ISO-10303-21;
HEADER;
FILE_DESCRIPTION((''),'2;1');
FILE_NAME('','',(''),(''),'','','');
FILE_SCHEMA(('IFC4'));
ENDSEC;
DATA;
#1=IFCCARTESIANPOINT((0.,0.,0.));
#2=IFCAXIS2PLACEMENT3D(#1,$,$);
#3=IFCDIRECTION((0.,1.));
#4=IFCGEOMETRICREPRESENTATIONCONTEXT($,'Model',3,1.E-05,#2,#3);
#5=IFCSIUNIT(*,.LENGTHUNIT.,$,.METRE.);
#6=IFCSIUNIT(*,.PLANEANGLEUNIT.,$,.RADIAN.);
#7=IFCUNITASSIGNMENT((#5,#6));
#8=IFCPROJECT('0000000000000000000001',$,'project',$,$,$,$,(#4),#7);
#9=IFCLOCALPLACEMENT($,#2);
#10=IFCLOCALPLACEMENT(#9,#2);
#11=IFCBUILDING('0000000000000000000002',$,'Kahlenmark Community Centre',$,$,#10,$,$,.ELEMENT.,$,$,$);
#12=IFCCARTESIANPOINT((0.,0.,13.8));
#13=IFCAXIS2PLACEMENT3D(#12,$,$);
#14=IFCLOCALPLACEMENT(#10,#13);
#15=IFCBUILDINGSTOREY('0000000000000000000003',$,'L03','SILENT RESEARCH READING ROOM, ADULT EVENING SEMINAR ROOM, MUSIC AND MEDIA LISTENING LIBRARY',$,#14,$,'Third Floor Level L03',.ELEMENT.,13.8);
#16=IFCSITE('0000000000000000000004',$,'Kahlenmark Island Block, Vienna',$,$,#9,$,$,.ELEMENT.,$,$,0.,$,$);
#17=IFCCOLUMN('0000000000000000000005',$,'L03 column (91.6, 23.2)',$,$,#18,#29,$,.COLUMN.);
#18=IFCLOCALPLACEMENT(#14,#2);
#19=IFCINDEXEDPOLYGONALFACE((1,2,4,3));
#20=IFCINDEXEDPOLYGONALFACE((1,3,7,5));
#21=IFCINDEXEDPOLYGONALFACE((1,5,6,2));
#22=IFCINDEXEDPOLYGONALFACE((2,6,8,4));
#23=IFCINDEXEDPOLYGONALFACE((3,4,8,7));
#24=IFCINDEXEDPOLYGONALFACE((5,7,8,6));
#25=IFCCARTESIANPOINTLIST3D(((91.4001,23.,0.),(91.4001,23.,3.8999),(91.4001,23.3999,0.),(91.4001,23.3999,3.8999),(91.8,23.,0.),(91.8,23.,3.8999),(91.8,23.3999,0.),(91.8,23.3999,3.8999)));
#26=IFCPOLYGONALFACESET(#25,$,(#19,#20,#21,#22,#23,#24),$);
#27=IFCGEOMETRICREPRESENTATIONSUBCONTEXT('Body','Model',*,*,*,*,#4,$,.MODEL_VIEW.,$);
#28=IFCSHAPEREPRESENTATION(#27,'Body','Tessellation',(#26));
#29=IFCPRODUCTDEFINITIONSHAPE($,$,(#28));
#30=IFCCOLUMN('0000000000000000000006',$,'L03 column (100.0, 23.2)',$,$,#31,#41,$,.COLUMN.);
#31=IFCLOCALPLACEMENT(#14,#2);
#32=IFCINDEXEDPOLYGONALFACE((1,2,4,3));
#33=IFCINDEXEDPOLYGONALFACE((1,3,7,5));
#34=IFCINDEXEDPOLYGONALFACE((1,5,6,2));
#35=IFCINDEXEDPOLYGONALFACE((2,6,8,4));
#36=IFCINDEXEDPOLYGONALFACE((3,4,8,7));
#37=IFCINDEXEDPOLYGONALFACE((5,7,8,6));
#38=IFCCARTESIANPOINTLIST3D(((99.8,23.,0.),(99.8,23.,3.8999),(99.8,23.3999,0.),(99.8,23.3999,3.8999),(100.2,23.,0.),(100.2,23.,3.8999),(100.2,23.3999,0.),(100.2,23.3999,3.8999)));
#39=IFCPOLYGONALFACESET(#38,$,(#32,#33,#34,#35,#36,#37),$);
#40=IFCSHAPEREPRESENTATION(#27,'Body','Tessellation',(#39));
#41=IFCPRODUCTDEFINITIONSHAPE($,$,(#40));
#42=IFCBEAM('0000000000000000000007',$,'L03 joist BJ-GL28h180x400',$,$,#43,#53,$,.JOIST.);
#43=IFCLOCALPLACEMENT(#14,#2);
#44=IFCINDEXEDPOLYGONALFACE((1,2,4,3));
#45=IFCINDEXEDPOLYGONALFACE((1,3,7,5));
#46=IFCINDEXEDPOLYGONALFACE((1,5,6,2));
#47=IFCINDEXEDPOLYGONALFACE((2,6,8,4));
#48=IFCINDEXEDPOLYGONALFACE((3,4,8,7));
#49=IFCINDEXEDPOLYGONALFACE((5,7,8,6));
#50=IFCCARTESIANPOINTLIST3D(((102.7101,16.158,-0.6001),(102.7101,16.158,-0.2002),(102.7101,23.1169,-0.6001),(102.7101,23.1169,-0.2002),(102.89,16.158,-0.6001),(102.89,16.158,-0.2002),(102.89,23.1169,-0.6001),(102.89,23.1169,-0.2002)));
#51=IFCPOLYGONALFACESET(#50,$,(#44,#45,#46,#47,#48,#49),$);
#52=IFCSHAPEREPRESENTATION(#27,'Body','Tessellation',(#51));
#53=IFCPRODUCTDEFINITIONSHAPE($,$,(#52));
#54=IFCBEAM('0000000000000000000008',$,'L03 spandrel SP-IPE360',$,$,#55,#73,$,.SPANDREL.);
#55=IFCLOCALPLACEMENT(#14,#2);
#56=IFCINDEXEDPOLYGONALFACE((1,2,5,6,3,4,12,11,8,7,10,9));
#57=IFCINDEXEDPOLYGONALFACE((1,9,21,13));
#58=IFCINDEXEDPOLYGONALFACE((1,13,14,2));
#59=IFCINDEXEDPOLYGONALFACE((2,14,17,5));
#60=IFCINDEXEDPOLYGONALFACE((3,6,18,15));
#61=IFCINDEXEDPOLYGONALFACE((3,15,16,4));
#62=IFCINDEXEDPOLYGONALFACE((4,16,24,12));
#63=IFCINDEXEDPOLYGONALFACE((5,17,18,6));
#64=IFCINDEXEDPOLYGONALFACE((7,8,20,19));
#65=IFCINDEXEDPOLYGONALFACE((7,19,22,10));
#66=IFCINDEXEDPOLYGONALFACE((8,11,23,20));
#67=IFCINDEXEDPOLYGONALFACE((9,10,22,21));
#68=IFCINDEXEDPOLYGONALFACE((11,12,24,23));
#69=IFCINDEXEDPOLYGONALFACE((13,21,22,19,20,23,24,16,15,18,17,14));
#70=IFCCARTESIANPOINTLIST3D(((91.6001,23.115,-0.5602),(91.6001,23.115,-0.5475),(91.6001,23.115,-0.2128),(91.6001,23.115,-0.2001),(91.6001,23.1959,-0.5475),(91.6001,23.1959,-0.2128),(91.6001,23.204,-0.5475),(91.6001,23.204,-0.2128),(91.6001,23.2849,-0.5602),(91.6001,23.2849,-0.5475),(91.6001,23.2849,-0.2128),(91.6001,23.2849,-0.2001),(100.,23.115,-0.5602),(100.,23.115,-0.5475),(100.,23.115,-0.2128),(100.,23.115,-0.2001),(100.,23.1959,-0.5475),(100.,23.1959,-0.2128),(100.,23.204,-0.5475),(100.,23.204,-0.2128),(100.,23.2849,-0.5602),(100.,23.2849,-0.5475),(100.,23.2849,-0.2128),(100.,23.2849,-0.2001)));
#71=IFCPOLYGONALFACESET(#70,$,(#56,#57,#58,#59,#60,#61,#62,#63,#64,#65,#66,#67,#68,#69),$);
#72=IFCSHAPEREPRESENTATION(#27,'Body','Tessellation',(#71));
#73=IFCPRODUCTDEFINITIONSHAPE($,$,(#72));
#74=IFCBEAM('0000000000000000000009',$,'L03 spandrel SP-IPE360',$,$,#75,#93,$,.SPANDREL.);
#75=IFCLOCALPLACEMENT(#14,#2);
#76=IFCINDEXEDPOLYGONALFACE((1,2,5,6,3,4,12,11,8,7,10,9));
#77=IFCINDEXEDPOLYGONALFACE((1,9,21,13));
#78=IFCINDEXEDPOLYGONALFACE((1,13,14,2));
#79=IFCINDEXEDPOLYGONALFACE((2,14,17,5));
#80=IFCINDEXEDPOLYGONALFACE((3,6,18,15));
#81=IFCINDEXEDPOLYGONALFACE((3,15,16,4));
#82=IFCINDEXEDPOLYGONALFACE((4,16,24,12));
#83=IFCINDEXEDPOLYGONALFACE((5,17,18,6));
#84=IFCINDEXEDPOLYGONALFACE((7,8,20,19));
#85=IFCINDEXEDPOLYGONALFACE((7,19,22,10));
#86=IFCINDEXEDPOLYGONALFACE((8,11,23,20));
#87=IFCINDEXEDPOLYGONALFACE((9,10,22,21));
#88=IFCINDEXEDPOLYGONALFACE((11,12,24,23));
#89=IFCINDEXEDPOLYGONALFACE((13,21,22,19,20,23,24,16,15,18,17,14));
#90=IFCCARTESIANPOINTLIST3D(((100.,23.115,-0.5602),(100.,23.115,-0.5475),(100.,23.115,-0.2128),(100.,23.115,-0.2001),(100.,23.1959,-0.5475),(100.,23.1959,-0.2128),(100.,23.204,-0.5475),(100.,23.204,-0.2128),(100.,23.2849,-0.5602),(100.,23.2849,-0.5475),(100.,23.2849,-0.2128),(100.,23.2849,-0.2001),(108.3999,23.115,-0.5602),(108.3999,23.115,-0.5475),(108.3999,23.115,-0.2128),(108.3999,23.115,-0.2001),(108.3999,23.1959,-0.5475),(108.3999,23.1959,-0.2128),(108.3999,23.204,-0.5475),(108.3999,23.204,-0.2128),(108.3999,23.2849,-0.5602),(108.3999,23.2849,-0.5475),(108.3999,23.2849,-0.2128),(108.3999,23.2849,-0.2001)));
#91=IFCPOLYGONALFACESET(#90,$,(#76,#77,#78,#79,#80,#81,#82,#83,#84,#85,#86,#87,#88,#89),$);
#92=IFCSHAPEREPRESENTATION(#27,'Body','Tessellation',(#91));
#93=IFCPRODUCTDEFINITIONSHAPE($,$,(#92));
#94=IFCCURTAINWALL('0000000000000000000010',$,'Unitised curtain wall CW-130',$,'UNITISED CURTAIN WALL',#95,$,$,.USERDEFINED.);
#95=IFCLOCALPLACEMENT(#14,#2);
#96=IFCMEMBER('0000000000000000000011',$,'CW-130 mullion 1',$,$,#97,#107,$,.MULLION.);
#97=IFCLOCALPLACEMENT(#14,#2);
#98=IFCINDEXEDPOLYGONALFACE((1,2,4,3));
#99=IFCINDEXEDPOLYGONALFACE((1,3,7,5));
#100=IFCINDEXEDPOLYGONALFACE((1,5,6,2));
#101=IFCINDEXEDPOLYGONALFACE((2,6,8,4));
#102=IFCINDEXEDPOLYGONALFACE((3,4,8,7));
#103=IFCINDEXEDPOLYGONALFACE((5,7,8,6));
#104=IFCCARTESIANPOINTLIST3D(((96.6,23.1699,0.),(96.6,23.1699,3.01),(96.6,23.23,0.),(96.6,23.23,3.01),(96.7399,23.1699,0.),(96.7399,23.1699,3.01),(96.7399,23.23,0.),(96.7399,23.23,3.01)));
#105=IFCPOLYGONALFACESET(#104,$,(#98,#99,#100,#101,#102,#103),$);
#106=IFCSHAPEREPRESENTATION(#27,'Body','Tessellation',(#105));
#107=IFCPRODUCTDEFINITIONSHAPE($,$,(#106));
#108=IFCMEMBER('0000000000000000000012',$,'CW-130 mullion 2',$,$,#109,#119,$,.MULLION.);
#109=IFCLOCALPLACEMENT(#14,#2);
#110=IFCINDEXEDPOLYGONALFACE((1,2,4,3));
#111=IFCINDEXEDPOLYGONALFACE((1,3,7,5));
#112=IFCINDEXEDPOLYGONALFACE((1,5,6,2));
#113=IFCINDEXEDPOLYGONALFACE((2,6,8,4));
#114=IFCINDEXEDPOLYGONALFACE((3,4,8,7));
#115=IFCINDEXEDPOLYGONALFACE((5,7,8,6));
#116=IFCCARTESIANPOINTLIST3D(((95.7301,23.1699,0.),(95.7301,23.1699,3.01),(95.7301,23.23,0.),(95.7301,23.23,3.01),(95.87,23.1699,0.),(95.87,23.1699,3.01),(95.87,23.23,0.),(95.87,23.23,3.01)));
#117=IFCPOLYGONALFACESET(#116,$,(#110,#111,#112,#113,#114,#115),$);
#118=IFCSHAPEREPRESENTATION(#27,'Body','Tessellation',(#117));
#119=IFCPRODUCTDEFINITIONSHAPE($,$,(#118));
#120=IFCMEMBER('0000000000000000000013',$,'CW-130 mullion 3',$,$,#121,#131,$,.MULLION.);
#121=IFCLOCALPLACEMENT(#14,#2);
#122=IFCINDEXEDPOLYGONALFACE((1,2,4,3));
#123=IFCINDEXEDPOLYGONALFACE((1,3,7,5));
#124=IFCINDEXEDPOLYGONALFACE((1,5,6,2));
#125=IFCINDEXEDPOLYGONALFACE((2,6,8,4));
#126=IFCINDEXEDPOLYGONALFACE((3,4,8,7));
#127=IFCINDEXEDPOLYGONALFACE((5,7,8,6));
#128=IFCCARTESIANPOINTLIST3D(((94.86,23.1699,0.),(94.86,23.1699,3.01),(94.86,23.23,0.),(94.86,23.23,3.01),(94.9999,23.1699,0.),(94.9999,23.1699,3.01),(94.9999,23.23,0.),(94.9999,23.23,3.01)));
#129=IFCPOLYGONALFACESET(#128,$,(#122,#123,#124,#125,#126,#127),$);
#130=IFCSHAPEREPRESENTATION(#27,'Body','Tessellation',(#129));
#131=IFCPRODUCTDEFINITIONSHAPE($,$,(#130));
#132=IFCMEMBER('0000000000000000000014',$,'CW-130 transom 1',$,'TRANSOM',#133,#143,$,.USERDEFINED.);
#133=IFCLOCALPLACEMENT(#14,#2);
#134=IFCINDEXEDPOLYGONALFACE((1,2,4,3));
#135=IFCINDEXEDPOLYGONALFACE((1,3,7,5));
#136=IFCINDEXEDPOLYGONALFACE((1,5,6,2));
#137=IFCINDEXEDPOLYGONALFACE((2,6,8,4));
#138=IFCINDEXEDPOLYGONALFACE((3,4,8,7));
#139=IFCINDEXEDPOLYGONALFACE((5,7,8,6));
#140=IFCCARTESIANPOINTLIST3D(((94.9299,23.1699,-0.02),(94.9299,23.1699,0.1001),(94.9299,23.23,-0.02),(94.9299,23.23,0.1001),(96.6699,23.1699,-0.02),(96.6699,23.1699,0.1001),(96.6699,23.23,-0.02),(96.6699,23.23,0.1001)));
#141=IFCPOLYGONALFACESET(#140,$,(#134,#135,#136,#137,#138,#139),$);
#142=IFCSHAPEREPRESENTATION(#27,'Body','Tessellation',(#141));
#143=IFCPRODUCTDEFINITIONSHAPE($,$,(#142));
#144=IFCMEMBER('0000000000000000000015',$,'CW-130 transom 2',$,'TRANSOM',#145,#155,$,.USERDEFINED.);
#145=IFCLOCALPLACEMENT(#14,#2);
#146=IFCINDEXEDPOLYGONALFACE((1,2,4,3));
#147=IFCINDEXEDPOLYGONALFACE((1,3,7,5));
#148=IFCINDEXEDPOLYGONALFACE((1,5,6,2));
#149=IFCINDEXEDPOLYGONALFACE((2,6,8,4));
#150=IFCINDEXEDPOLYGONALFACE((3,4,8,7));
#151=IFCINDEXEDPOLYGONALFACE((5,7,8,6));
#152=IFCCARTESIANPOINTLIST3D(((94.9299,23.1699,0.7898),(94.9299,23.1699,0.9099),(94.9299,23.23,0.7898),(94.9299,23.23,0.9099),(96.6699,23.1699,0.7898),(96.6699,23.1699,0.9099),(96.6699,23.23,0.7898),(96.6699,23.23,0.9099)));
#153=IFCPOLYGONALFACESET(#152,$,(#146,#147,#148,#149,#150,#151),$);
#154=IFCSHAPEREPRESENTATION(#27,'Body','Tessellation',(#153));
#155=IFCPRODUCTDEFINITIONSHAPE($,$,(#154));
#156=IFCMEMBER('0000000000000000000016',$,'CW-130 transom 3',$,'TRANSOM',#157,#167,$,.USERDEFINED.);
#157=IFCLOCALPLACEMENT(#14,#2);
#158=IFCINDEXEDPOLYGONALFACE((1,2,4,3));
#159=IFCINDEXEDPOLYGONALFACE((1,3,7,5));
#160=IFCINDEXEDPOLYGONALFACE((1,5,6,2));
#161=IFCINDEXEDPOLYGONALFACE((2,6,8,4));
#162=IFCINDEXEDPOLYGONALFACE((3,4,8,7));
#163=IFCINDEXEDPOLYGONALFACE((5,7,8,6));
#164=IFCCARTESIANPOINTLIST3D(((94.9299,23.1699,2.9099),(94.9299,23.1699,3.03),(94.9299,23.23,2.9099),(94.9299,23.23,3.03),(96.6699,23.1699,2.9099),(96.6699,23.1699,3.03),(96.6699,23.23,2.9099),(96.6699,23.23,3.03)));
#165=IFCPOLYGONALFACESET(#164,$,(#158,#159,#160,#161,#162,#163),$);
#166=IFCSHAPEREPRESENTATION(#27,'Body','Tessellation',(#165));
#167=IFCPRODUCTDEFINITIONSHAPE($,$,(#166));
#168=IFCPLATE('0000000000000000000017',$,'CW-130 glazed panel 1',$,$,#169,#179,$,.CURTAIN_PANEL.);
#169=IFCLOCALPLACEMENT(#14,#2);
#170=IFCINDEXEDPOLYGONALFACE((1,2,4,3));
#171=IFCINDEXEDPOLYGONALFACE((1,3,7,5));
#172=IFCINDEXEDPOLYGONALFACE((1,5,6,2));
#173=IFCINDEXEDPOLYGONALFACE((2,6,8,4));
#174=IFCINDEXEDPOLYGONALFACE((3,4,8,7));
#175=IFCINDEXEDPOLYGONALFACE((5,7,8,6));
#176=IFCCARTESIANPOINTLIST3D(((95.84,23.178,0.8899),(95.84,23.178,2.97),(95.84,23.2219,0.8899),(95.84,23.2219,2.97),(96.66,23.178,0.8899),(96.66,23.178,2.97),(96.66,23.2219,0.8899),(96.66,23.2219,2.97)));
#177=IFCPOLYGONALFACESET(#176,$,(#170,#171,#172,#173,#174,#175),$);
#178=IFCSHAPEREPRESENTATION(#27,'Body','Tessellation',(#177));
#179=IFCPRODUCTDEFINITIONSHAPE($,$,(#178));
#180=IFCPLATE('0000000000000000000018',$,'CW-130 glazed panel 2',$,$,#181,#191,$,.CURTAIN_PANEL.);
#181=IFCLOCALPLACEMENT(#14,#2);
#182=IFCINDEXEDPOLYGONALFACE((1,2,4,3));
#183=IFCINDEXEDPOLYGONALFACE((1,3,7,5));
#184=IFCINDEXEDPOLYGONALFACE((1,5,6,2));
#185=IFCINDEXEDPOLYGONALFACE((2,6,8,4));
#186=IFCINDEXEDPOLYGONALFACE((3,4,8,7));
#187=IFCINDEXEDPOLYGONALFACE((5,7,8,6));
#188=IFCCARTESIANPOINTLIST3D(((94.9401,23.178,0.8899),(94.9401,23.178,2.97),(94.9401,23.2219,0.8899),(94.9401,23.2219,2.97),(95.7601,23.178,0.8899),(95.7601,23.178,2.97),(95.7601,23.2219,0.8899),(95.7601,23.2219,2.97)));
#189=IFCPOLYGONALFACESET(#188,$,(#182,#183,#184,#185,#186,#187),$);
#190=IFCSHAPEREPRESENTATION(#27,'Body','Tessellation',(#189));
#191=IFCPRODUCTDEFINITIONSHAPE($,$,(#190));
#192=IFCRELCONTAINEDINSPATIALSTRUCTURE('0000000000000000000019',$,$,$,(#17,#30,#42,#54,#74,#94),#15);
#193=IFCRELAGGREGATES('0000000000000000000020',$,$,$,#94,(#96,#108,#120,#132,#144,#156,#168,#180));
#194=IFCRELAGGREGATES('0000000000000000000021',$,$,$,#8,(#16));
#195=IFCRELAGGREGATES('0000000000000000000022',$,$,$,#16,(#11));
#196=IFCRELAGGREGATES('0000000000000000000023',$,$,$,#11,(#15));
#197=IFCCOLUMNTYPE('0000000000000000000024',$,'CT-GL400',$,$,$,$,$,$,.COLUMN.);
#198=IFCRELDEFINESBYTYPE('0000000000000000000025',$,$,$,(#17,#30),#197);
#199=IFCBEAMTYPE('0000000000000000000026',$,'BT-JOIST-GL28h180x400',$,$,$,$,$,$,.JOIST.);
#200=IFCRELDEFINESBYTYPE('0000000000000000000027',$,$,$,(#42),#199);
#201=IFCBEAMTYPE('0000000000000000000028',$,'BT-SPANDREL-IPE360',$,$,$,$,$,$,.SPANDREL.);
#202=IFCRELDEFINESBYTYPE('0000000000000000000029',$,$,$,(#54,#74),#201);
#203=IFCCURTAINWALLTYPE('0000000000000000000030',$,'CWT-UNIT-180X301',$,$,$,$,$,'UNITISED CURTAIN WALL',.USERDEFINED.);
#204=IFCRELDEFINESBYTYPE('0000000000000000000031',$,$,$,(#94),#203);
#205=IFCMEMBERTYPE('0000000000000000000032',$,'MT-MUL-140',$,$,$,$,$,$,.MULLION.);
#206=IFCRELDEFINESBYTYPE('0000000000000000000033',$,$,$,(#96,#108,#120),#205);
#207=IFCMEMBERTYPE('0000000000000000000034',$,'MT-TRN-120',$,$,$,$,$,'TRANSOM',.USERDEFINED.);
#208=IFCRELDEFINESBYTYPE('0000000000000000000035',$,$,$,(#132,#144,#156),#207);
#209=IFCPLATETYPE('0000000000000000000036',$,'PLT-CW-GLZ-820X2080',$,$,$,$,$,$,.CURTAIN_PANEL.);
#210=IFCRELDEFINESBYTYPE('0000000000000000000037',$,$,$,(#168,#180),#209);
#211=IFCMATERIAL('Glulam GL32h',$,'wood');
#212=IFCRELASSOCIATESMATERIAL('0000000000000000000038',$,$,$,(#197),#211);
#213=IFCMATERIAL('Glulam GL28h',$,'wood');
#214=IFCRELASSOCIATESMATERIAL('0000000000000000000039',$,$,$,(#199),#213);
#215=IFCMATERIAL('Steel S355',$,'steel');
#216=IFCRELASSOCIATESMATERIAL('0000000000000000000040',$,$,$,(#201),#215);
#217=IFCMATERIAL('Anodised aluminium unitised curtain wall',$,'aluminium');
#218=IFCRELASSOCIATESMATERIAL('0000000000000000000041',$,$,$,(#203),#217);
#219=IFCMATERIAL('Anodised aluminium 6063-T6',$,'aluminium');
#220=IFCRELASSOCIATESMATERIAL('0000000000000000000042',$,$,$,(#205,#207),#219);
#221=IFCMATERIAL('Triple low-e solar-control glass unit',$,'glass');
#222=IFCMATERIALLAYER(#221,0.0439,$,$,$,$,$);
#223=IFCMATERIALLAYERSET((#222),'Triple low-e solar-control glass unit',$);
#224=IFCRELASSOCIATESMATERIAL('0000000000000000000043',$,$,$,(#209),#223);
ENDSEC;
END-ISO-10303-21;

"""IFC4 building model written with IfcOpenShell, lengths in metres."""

from ifc_helpers import new_model, si_unit, direction, frame, origin, origin_2d, place, context, subcontext, project, spatial, rectangle, i_section, extrude, material, layer, layer_set, material_profile, profile_set, type_object, element, aggregate, save


model = new_model("IFC4")

# Units and contexts
model_context = context("Model", 3, precision=1e-05, world=origin(), true_north=direction((0.0, 1.0)))
body_context = subcontext(model_context, "Body", "Model", "MODEL_VIEW")
ifc_project = project(units=[si_unit("LENGTHUNIT", "METRE"), si_unit("PLANEANGLEUNIT", "RADIAN")], contexts=[model_context])

# Site, building, storey
site_placement = place(None, origin())
site = spatial("IfcSite", under=ifc_project, at=site_placement, Name="Kahlenmark Island Block, Vienna", CompositionType="ELEMENT", RefElevation=0.0)
building_placement = place(site_placement, origin())
building = spatial("IfcBuilding", under=site, at=building_placement, Name="Kahlenmark Community Centre", CompositionType="ELEMENT")
storey_placement = place(building_placement, frame((0.0, 0.0, 13.8)))
storey = spatial("IfcBuildingStorey", under=building, at=storey_placement, Name="L03", Description="SILENT RESEARCH READING ROOM, ADULT EVENING SEMINAR ROOM, MUSIC AND MEDIA LISTENING LIBRARY", LongName="Third Floor Level L03", CompositionType="ELEMENT", Elevation=13.8)

# Columns
ifc_material_1 = material(Name="Glulam GL32h", Category="wood")
ifc_material_profile_1 = material_profile(ifc_material_1, rectangle(XDim=0.3999, YDim=0.3999, at=origin_2d()), Name="GL32h 400x400")
ifc_profile_set_1 = profile_set([ifc_material_profile_1], Name="Glulam GL32h")
column_type = type_object("IfcColumnType", Name="CT-GL400", PredefinedType="COLUMN", material=ifc_profile_set_1)
for number, where, z_axis, x_axis, name in (
    (1, (91.6001, 23.2, 0.0), (0.0, 0.0, 1.0), (1.0, 0.0, 0.0), "L03 column (91.6, 23.2)"),
    (2, (100.0, 23.2, 0.0), (0.0, 0.0, 1.0), (1.0, 0.0, 0.0), "L03 column (100.0, 23.2)"),
):
    element("IfcColumn", number, at=place(storey_placement, frame(where, z_axis=z_axis, x_axis=x_axis)), inside=storey, type_object=column_type, Name=name, PredefinedType="COLUMN", context=body_context, shape_type="SweptSolid", body=[
        extrude(rectangle(XDim=0.3999, YDim=0.3999, at=origin_2d()), origin(), (0.0, 0.0, 1.0), 3.8999),
    ])

# Beams
ifc_material_2 = material(Name="Glulam GL28h", Category="wood")
ifc_material_profile_2 = material_profile(ifc_material_2, rectangle(XDim=0.1799, YDim=0.3999, at=origin_2d()), Name="GL28h 180x400")
ifc_profile_set_2 = profile_set([ifc_material_profile_2], Name="Glulam GL28h")
beam_type_1 = type_object("IfcBeamType", Name="BT-JOIST-GL28h180x400", PredefinedType="JOIST", material=ifc_profile_set_2)
beam_placement = place(storey_placement, frame((102.8, 16.158, -0.4001), z_axis=(0.0, 1.0, 0.0), x_axis=(-1.0, 0.0, 0.0)))
element("IfcBeam", 3, at=beam_placement, inside=storey, type_object=beam_type_1, Name="L03 joist BJ-GL28h180x400", PredefinedType="JOIST", context=body_context, shape_type="SweptSolid", body=[
    extrude(rectangle(XDim=0.1799, YDim=0.3999, at=origin_2d()), origin(), (0.0, 0.0, 1.0), 6.959),
])
ifc_material_3 = material(Name="Steel S355", Category="steel")
ifc_material_profile_3 = material_profile(ifc_material_3, i_section(OverallWidth=0.1699, OverallDepth=0.3601, WebThickness=0.0081, FlangeThickness=0.0127, at=origin_2d()), Name="IPE 360")
ifc_profile_set_3 = profile_set([ifc_material_profile_3], Name="Steel S355")
beam_type_2 = type_object("IfcBeamType", Name="BT-SPANDREL-IPE360", PredefinedType="SPANDREL", material=ifc_profile_set_3)
for number, where, z_axis, x_axis, name in (
    (4, (91.6001, 23.2, -0.3801), (1.0, 0.0, 0.0), (0.0, 1.0, 0.0), "L03 spandrel SP-IPE360"),
    (5, (100.0, 23.2, -0.3801), (1.0, 0.0, 0.0), (0.0, 1.0, 0.0), "L03 spandrel SP-IPE360"),
):
    element("IfcBeam", number, at=place(storey_placement, frame(where, z_axis=z_axis, x_axis=x_axis)), inside=storey, type_object=beam_type_2, Name=name, PredefinedType="SPANDREL", context=body_context, shape_type="SweptSolid", body=[
        extrude(i_section(OverallWidth=0.1699, OverallDepth=0.3601, WebThickness=0.0081, FlangeThickness=0.0127, at=origin_2d()), origin(), (0.0, 0.0, 1.0), 8.3999),
    ])

# Curtain wall, members, plates
ifc_material_4 = material(Name="Anodised aluminium unitised curtain wall", Category="aluminium")
curtain_wall_type = type_object("IfcCurtainWallType", Name="CWT-UNIT-180X301", ElementType="UNITISED CURTAIN WALL", PredefinedType="USERDEFINED", material=ifc_material_4)
curtain_wall_placement = place(storey_placement, origin())
curtain_wall = element("IfcCurtainWall", 6, at=curtain_wall_placement, inside=storey, type_object=curtain_wall_type, Name="Unitised curtain wall CW-130", ObjectType="UNITISED CURTAIN WALL", PredefinedType="USERDEFINED")
ifc_material_5 = material(Name="Anodised aluminium 6063-T6", Category="aluminium")
ifc_material_profile_4 = material_profile(ifc_material_5, rectangle(XDim=0.0601, YDim=0.1399, at=origin_2d()), Name="ALU MULLION 60x140")
ifc_profile_set_4 = profile_set([ifc_material_profile_4], Name="Anodised aluminium 6063-T6")
member_type_1 = type_object("IfcMemberType", Name="MT-MUL-140", PredefinedType="MULLION", material=ifc_profile_set_4)
member_1_placement = place(storey_placement, frame((96.6699, 23.2, 0.0), z_axis=(0.0, 0.0, 1.0), x_axis=(0.0, -1.0, 0.0)))
member_1 = element("IfcMember", 7, at=member_1_placement, type_object=member_type_1, Name="CW-130 mullion 1", PredefinedType="MULLION", context=body_context, shape_type="SweptSolid", body=[
    extrude(rectangle(XDim=0.0601, YDim=0.1399, at=origin_2d()), origin(), (0.0, 0.0, 1.0), 3.01),
])
member_2_placement = place(storey_placement, frame((95.8, 23.2, 0.0), z_axis=(0.0, 0.0, 1.0), x_axis=(0.0, -1.0, 0.0)))
member_2 = element("IfcMember", 8, at=member_2_placement, type_object=member_type_1, Name="CW-130 mullion 2", PredefinedType="MULLION", context=body_context, shape_type="SweptSolid", body=[
    extrude(rectangle(XDim=0.0601, YDim=0.1399, at=origin_2d()), origin(), (0.0, 0.0, 1.0), 3.01),
])
member_3_placement = place(storey_placement, frame((94.9299, 23.2, 0.0), z_axis=(0.0, 0.0, 1.0), x_axis=(0.0, -1.0, 0.0)))
member_3 = element("IfcMember", 9, at=member_3_placement, type_object=member_type_1, Name="CW-130 mullion 3", PredefinedType="MULLION", context=body_context, shape_type="SweptSolid", body=[
    extrude(rectangle(XDim=0.0601, YDim=0.1399, at=origin_2d()), origin(), (0.0, 0.0, 1.0), 3.01),
])
ifc_material_profile_5 = material_profile(ifc_material_5, rectangle(XDim=0.0601, YDim=0.1201, at=origin_2d()), Name="ALU TRANSOM 60x120")
ifc_profile_set_5 = profile_set([ifc_material_profile_5], Name="Anodised aluminium 6063-T6")
member_type_2 = type_object("IfcMemberType", Name="MT-TRN-120", ElementType="TRANSOM", PredefinedType="USERDEFINED", material=ifc_profile_set_5)
member_4_placement = place(storey_placement, frame((96.6699, 23.2, 0.04), z_axis=(-1.0, 0.0, 0.0), x_axis=(0.0, -1.0, 0.0)))
member_4 = element("IfcMember", 10, at=member_4_placement, type_object=member_type_2, Name="CW-130 transom 1", ObjectType="TRANSOM", PredefinedType="USERDEFINED", context=body_context, shape_type="SweptSolid", body=[
    extrude(rectangle(XDim=0.0601, YDim=0.1201, at=origin_2d()), origin(), (0.0, 0.0, 1.0), 1.74),
])
member_5_placement = place(storey_placement, frame((96.6699, 23.2, 0.8499), z_axis=(-1.0, 0.0, 0.0), x_axis=(0.0, -1.0, 0.0)))
member_5 = element("IfcMember", 11, at=member_5_placement, type_object=member_type_2, Name="CW-130 transom 2", ObjectType="TRANSOM", PredefinedType="USERDEFINED", context=body_context, shape_type="SweptSolid", body=[
    extrude(rectangle(XDim=0.0601, YDim=0.1201, at=origin_2d()), origin(), (0.0, 0.0, 1.0), 1.74),
])
member_6_placement = place(storey_placement, frame((96.6699, 23.2, 2.97), z_axis=(-1.0, 0.0, 0.0), x_axis=(0.0, -1.0, 0.0)))
member_6 = element("IfcMember", 12, at=member_6_placement, type_object=member_type_2, Name="CW-130 transom 3", ObjectType="TRANSOM", PredefinedType="USERDEFINED", context=body_context, shape_type="SweptSolid", body=[
    extrude(rectangle(XDim=0.0601, YDim=0.1201, at=origin_2d()), origin(), (0.0, 0.0, 1.0), 1.74),
])
ifc_material_6 = material(Name="Triple low-e solar-control glass unit", Category="glass")
ifc_layer_1 = layer(ifc_material_6, 0.0439)
ifc_layer_set_1 = layer_set([ifc_layer_1], Name="Triple low-e solar-control glass unit")
plate_type_1 = type_object("IfcPlateType", Name="PLT-CW-GLZ-820X2080", PredefinedType="CURTAIN_PANEL", material=ifc_layer_set_1)
plate_1_placement = place(storey_placement, frame((96.25, 23.2, 0.8899), z_axis=(0.0, 0.0, 1.0), x_axis=(-1.0, 0.0, 0.0)))
plate_1 = element("IfcPlate", 13, at=plate_1_placement, type_object=plate_type_1, Name="CW-130 glazed panel 1", PredefinedType="CURTAIN_PANEL", context=body_context, shape_type="SweptSolid", body=[
    extrude(rectangle(XDim=0.8201, YDim=0.0439, at=origin_2d()), origin(), (0.0, 0.0, 1.0), 2.0801),
])
plate_2_placement = place(storey_placement, frame((95.3501, 23.2, 0.8899), z_axis=(0.0, 0.0, 1.0), x_axis=(-1.0, 0.0, 0.0)))
plate_2 = element("IfcPlate", 14, at=plate_2_placement, type_object=plate_type_1, Name="CW-130 glazed panel 2", PredefinedType="CURTAIN_PANEL", context=body_context, shape_type="SweptSolid", body=[
    extrude(rectangle(XDim=0.8201, YDim=0.0439, at=origin_2d()), origin(), (0.0, 0.0, 1.0), 2.0801),
])
aggregate(curtain_wall, [member_1, member_2, member_3, member_4, member_5, member_6, plate_1, plate_2])

save(model, "model.ifc")
